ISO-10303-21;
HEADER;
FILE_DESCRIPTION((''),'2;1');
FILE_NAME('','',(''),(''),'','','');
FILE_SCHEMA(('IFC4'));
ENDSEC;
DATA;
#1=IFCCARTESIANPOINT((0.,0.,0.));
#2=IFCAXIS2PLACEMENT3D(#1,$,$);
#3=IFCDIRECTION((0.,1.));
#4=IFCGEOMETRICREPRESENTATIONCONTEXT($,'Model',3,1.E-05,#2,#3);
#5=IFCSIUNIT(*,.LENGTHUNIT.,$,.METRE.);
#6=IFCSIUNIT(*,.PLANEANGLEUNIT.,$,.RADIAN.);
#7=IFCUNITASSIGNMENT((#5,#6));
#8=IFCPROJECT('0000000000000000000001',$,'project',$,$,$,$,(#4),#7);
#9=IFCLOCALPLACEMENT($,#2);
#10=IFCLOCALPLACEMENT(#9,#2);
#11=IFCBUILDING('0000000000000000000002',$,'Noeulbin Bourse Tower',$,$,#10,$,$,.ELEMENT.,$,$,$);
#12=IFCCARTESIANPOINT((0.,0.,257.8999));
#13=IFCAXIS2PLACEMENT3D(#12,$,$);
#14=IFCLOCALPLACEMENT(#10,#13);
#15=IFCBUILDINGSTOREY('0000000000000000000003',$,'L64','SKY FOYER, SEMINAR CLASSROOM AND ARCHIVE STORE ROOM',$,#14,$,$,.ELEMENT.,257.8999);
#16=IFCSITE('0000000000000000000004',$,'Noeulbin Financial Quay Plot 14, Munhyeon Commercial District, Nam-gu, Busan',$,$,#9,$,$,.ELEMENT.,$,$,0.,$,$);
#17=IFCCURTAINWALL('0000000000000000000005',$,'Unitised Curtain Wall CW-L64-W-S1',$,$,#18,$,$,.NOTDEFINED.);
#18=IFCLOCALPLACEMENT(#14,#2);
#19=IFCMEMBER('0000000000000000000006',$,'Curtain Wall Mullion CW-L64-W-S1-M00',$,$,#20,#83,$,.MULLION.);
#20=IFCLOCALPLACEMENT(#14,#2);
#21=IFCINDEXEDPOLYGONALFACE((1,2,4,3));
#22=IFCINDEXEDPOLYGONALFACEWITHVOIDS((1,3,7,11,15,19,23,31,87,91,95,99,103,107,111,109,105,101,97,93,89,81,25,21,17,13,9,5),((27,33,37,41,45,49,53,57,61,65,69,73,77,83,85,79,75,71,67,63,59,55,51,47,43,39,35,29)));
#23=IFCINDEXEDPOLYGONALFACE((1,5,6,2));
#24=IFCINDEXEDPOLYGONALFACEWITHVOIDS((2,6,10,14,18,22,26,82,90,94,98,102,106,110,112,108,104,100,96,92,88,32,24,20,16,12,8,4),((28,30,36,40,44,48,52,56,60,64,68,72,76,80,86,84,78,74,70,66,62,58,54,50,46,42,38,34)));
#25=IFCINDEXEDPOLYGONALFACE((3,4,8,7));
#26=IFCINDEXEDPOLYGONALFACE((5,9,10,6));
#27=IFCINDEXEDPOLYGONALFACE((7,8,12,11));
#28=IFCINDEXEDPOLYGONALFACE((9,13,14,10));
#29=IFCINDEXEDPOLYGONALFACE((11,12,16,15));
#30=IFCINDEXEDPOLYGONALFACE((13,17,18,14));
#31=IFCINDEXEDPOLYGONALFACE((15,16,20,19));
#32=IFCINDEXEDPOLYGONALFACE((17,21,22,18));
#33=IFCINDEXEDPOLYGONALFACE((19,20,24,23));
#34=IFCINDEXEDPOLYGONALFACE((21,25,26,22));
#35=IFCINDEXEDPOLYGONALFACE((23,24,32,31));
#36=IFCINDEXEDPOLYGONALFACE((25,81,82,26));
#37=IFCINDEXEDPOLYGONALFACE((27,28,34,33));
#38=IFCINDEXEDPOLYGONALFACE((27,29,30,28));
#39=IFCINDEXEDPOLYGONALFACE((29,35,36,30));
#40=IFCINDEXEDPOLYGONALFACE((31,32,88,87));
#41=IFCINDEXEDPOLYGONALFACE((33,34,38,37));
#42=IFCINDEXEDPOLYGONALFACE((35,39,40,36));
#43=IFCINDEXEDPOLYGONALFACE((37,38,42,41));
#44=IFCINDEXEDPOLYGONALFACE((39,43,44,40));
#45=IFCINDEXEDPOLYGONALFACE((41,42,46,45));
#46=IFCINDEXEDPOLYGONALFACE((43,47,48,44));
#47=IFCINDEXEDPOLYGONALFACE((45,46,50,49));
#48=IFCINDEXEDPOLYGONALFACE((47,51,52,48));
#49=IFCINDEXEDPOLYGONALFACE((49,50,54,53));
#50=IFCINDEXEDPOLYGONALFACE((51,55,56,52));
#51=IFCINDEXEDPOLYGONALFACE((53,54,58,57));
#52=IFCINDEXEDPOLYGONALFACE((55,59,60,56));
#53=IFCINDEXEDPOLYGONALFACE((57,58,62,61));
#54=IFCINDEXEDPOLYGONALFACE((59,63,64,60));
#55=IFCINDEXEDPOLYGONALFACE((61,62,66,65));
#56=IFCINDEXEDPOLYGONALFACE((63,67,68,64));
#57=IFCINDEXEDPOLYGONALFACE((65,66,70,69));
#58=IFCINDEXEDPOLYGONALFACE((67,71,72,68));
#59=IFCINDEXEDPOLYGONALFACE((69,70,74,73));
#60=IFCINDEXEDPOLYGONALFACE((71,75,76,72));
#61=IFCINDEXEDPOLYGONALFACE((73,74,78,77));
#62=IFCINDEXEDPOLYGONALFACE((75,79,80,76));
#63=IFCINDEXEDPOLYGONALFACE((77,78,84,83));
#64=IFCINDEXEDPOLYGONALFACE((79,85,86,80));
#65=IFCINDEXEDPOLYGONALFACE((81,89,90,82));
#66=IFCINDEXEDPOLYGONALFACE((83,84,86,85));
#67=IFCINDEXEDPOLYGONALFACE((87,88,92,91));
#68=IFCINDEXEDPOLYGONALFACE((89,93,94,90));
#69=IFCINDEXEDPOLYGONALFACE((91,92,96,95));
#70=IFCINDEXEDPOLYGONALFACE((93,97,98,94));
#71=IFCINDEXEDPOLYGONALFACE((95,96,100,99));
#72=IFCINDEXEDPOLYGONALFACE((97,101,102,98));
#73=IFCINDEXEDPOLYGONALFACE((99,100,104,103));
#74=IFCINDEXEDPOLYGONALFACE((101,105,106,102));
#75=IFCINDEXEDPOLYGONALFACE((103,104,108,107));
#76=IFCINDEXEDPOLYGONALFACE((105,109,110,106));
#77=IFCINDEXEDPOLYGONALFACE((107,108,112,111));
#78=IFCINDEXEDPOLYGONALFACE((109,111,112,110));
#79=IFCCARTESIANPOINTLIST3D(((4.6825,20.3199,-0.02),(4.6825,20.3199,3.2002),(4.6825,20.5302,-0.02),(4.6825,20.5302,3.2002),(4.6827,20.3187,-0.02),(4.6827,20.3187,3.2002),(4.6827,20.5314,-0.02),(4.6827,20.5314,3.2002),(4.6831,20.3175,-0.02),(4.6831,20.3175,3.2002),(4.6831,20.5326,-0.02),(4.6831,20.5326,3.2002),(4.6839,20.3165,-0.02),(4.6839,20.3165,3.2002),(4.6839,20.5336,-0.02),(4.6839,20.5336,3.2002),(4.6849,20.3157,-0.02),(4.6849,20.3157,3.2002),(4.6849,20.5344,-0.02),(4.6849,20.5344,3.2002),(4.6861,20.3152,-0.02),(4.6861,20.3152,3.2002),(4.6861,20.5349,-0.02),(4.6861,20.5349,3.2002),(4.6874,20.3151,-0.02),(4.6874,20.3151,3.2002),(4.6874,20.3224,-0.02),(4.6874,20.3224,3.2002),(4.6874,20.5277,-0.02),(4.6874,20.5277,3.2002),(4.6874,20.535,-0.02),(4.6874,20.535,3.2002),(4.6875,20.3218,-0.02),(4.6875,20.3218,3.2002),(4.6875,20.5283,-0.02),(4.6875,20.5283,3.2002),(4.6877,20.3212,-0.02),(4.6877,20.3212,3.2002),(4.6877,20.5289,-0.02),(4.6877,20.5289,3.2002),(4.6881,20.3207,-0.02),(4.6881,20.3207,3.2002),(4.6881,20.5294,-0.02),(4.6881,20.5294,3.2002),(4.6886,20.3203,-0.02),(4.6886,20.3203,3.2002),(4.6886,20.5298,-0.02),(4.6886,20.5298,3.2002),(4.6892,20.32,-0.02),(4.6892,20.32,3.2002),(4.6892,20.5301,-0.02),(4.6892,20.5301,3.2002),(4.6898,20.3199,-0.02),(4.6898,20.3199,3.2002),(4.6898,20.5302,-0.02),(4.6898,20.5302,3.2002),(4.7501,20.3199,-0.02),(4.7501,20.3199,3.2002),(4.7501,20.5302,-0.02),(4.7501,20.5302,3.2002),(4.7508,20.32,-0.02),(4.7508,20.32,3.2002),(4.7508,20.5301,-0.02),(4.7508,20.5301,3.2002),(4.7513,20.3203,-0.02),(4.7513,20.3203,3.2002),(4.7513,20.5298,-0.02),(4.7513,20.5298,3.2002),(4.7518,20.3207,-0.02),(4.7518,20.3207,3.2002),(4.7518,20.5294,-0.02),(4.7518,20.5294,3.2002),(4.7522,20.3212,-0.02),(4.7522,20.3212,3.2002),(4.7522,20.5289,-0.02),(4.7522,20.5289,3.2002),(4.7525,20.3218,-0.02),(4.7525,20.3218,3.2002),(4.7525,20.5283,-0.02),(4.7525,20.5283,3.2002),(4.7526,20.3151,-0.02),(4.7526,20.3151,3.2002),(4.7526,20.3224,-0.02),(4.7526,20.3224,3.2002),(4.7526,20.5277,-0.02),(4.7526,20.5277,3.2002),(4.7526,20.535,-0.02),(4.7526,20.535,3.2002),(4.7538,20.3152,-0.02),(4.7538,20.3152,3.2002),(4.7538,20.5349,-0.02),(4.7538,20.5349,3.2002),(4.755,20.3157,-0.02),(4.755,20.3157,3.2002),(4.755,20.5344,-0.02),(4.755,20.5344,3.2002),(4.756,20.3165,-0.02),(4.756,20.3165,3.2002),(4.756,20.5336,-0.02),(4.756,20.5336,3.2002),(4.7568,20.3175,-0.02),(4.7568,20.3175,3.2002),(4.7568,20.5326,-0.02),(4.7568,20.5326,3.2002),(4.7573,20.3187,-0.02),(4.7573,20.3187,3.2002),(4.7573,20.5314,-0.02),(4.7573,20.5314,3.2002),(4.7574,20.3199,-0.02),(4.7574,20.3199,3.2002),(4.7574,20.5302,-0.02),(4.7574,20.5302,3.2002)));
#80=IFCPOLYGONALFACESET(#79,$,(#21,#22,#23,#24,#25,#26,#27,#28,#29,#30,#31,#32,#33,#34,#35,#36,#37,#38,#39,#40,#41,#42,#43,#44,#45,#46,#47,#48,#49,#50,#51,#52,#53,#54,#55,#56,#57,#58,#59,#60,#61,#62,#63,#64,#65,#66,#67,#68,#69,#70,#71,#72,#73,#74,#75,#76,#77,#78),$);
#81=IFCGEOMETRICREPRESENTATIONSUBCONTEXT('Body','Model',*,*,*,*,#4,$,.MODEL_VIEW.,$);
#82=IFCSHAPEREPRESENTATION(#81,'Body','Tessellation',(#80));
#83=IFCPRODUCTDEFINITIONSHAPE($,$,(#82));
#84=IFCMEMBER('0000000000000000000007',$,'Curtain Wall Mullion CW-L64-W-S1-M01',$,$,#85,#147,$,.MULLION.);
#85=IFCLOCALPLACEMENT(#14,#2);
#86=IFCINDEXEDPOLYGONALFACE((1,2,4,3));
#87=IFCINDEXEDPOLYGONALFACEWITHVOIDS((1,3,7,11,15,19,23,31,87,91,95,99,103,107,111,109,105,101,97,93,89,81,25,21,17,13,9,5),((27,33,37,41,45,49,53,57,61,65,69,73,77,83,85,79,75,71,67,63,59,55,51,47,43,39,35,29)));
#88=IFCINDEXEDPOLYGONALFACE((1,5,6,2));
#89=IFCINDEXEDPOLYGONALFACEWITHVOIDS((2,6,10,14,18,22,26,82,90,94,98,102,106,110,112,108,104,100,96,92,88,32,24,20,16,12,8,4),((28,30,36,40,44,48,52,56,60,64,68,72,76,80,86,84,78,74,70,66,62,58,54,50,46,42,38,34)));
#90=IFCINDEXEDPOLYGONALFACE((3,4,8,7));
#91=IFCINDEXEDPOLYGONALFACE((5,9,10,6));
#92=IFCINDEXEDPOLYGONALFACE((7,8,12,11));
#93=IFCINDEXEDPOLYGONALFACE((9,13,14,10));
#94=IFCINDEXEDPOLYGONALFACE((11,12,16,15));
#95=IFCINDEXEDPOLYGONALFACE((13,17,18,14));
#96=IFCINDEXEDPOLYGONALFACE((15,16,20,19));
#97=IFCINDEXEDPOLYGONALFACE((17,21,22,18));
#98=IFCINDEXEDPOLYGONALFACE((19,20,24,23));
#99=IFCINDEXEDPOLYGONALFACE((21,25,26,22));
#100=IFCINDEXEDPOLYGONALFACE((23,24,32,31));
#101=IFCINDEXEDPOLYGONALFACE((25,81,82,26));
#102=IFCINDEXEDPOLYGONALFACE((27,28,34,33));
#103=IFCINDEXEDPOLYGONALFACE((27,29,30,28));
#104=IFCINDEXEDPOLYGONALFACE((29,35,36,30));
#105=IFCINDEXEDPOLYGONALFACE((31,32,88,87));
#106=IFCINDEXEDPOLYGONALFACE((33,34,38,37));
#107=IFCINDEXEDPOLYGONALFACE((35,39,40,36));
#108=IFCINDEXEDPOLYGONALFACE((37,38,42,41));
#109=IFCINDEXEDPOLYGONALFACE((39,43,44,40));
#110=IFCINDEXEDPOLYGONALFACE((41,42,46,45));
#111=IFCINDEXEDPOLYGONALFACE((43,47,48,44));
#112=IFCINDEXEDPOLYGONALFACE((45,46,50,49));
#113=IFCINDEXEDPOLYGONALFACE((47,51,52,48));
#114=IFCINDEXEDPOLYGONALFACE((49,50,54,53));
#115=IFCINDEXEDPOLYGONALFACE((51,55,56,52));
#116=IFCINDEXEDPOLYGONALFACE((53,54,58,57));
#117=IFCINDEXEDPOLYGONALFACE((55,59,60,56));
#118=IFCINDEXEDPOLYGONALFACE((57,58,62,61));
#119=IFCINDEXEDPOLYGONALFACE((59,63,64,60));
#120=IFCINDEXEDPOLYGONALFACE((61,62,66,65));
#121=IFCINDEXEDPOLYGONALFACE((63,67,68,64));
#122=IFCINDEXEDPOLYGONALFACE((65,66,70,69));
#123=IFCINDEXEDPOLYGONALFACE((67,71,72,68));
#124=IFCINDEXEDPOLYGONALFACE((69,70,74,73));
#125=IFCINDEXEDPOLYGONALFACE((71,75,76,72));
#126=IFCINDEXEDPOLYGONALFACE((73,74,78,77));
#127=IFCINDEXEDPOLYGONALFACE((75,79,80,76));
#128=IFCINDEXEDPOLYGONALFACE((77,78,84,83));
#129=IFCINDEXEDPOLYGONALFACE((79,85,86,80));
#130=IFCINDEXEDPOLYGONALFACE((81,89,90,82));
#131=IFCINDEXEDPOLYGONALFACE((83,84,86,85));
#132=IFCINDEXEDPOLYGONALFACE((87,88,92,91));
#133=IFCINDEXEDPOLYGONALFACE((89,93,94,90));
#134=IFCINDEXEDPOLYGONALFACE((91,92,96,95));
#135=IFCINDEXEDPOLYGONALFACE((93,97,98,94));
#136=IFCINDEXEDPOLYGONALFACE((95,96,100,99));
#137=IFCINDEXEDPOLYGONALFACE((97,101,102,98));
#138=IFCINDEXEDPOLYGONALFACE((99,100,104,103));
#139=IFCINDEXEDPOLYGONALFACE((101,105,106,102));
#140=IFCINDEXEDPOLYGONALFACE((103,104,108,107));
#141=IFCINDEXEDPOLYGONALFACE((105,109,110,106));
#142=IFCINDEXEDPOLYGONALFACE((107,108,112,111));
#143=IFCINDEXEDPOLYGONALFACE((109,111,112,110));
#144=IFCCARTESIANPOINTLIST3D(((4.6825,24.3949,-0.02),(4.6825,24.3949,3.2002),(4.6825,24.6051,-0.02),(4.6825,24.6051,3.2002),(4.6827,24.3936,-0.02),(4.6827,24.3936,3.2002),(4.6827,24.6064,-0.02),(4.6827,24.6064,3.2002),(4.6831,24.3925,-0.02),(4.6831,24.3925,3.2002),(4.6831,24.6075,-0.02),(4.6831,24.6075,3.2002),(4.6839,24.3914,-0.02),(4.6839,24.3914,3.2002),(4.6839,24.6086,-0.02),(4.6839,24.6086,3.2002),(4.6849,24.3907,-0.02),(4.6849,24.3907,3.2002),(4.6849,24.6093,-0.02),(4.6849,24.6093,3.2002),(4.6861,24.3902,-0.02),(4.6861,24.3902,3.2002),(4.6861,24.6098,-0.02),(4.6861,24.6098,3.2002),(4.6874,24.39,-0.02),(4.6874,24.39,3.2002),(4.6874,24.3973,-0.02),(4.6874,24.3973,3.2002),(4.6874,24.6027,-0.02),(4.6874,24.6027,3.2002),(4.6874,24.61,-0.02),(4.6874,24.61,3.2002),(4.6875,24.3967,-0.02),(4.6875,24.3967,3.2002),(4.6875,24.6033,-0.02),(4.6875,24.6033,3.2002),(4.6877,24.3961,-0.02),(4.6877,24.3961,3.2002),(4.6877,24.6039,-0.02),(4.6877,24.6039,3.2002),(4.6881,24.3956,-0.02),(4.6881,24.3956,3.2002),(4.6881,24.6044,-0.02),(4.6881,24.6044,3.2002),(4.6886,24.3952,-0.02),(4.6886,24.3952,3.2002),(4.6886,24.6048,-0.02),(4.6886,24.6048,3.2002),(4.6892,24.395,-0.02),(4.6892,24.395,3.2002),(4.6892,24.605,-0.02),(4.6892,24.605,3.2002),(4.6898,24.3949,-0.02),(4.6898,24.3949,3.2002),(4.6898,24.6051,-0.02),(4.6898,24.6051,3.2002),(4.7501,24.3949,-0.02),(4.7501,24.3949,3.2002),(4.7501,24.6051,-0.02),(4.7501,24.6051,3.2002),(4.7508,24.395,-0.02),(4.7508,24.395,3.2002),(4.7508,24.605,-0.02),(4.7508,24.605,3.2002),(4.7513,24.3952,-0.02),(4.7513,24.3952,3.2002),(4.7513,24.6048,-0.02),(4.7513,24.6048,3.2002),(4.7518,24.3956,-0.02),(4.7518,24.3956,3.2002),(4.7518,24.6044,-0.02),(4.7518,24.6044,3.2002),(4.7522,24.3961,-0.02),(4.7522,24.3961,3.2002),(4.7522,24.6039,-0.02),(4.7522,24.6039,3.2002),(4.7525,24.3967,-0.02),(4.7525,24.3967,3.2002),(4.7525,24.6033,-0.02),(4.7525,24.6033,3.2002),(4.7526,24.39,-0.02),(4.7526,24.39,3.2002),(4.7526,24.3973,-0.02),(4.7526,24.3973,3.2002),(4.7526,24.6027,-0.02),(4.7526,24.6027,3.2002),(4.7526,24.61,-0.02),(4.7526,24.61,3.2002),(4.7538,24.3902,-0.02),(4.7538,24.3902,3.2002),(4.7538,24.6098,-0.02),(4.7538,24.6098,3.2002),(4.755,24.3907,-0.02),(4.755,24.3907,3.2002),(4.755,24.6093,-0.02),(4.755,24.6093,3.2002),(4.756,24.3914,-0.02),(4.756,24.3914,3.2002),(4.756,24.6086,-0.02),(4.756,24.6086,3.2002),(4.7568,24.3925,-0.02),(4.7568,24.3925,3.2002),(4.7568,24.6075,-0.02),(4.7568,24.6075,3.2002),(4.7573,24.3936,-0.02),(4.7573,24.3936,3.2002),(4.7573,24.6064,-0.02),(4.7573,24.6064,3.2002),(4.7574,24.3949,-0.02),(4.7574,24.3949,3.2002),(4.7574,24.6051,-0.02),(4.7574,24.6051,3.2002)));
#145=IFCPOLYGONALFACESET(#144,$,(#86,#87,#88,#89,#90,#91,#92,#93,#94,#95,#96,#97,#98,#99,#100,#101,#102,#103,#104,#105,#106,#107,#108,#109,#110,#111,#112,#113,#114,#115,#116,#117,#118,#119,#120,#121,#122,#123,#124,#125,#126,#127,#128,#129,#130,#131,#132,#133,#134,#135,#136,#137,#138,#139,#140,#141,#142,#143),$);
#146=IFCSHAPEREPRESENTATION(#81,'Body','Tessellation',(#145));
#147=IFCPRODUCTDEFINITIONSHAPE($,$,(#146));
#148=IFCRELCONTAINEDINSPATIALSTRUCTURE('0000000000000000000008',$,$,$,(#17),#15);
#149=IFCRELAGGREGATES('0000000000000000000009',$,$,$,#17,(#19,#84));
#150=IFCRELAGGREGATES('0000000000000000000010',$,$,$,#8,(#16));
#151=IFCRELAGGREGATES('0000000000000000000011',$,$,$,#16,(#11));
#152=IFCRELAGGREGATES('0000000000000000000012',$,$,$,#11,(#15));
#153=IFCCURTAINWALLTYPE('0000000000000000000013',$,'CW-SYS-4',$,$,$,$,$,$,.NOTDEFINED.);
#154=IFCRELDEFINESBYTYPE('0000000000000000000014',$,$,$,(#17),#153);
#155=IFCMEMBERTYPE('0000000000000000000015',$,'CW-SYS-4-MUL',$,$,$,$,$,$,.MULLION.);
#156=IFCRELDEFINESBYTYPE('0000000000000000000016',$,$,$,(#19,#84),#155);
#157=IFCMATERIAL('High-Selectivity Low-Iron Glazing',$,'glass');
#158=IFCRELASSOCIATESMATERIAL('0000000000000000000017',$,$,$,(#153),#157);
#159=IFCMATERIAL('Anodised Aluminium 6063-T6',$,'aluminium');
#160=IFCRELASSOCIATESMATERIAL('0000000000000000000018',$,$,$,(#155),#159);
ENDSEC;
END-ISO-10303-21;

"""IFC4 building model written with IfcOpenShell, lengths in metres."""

from ifc_helpers import new_model, si_unit, direction, frame, origin, origin_2d, place, context, subcontext, project, spatial, hollow_rectangle, extrude, material, material_profile, profile_set, type_object, element, aggregate, save


model = new_model("IFC4")

# Units and contexts
model_context = context("Model", 3, precision=1e-05, world=origin(), true_north=direction((0.0, 1.0)))
body_context = subcontext(model_context, "Body", "Model", "MODEL_VIEW")
ifc_project = project(units=[si_unit("LENGTHUNIT", "METRE"), si_unit("PLANEANGLEUNIT", "RADIAN")], contexts=[model_context])

# Site, building, storey
site_placement = place(None, origin())
site = spatial("IfcSite", under=ifc_project, at=site_placement, Name="Noeulbin Financial Quay Plot 14, Munhyeon Commercial District, Nam-gu, Busan", CompositionType="ELEMENT", RefElevation=0.0)
building_placement = place(site_placement, origin())
building = spatial("IfcBuilding", under=site, at=building_placement, Name="Noeulbin Bourse Tower", CompositionType="ELEMENT")
storey_placement = place(building_placement, frame((0.0, 0.0, 257.8999)))
storey = spatial("IfcBuildingStorey", under=building, at=storey_placement, Name="L64", Description="SKY FOYER, SEMINAR CLASSROOM AND ARCHIVE STORE ROOM", CompositionType="ELEMENT", Elevation=257.8999)

# Curtain wall, members
ifc_material_1 = material(Name="High-Selectivity Low-Iron Glazing", Category="glass")
curtain_wall_type = type_object("IfcCurtainWallType", Name="CW-SYS-4", PredefinedType="NOTDEFINED", material=ifc_material_1)
curtain_wall_1_placement = place(storey_placement, origin())
curtain_wall_1 = element("IfcCurtainWall", 1, at=curtain_wall_1_placement, inside=storey, type_object=curtain_wall_type, Name="Unitised Curtain Wall CW-L64-W-S1", PredefinedType="NOTDEFINED")
ifc_material_2 = material(Name="Anodised Aluminium 6063-T6", Category="aluminium")
ifc_material_profile_1 = material_profile(ifc_material_2, hollow_rectangle(XDim=0.075, YDim=0.22, WallThickness=0.0049, InnerFilletRadius=0.0024, OuterFilletRadius=0.0049, at=origin_2d()), Name="ALU-MULL-75x220x5", Category="LoadBearing")
ifc_profile_set_1 = profile_set([ifc_material_profile_1], Name="Anodised Aluminium 6063-T6")
member_type_1 = type_object("IfcMemberType", Name="CW-SYS-4-MUL", PredefinedType="MULLION", material=ifc_profile_set_1)
member_1_placement = place(storey_placement, frame((4.72, 20.425, -0.02), z_axis=(0.0, 0.0, 1.0), x_axis=(1.0, 0.0, 0.0)))
member_1 = element("IfcMember", 2, at=member_1_placement, type_object=member_type_1, Name="Curtain Wall Mullion CW-L64-W-S1-M00", PredefinedType="MULLION", context=body_context, shape_type="SweptSolid", body=[
    extrude(hollow_rectangle(XDim=0.075, YDim=0.22, WallThickness=0.0049, InnerFilletRadius=0.0024, OuterFilletRadius=0.0049, at=origin_2d()), origin(), (0.0, 0.0, 1.0), 3.2202),
])
member_2_placement = place(storey_placement, frame((4.72, 24.5, -0.02), z_axis=(0.0, 0.0, 1.0), x_axis=(1.0, 0.0, 0.0)))
member_2 = element("IfcMember", 3, at=member_2_placement, type_object=member_type_1, Name="Curtain Wall Mullion CW-L64-W-S1-M01", PredefinedType="MULLION", context=body_context, shape_type="SweptSolid", body=[
    extrude(hollow_rectangle(XDim=0.075, YDim=0.22, WallThickness=0.0049, InnerFilletRadius=0.0024, OuterFilletRadius=0.0049, at=origin_2d()), origin(), (0.0, 0.0, 1.0), 3.2202),
])

aggregate(curtain_wall_1, [member_1, member_2])

save(model, "model.ifc")
